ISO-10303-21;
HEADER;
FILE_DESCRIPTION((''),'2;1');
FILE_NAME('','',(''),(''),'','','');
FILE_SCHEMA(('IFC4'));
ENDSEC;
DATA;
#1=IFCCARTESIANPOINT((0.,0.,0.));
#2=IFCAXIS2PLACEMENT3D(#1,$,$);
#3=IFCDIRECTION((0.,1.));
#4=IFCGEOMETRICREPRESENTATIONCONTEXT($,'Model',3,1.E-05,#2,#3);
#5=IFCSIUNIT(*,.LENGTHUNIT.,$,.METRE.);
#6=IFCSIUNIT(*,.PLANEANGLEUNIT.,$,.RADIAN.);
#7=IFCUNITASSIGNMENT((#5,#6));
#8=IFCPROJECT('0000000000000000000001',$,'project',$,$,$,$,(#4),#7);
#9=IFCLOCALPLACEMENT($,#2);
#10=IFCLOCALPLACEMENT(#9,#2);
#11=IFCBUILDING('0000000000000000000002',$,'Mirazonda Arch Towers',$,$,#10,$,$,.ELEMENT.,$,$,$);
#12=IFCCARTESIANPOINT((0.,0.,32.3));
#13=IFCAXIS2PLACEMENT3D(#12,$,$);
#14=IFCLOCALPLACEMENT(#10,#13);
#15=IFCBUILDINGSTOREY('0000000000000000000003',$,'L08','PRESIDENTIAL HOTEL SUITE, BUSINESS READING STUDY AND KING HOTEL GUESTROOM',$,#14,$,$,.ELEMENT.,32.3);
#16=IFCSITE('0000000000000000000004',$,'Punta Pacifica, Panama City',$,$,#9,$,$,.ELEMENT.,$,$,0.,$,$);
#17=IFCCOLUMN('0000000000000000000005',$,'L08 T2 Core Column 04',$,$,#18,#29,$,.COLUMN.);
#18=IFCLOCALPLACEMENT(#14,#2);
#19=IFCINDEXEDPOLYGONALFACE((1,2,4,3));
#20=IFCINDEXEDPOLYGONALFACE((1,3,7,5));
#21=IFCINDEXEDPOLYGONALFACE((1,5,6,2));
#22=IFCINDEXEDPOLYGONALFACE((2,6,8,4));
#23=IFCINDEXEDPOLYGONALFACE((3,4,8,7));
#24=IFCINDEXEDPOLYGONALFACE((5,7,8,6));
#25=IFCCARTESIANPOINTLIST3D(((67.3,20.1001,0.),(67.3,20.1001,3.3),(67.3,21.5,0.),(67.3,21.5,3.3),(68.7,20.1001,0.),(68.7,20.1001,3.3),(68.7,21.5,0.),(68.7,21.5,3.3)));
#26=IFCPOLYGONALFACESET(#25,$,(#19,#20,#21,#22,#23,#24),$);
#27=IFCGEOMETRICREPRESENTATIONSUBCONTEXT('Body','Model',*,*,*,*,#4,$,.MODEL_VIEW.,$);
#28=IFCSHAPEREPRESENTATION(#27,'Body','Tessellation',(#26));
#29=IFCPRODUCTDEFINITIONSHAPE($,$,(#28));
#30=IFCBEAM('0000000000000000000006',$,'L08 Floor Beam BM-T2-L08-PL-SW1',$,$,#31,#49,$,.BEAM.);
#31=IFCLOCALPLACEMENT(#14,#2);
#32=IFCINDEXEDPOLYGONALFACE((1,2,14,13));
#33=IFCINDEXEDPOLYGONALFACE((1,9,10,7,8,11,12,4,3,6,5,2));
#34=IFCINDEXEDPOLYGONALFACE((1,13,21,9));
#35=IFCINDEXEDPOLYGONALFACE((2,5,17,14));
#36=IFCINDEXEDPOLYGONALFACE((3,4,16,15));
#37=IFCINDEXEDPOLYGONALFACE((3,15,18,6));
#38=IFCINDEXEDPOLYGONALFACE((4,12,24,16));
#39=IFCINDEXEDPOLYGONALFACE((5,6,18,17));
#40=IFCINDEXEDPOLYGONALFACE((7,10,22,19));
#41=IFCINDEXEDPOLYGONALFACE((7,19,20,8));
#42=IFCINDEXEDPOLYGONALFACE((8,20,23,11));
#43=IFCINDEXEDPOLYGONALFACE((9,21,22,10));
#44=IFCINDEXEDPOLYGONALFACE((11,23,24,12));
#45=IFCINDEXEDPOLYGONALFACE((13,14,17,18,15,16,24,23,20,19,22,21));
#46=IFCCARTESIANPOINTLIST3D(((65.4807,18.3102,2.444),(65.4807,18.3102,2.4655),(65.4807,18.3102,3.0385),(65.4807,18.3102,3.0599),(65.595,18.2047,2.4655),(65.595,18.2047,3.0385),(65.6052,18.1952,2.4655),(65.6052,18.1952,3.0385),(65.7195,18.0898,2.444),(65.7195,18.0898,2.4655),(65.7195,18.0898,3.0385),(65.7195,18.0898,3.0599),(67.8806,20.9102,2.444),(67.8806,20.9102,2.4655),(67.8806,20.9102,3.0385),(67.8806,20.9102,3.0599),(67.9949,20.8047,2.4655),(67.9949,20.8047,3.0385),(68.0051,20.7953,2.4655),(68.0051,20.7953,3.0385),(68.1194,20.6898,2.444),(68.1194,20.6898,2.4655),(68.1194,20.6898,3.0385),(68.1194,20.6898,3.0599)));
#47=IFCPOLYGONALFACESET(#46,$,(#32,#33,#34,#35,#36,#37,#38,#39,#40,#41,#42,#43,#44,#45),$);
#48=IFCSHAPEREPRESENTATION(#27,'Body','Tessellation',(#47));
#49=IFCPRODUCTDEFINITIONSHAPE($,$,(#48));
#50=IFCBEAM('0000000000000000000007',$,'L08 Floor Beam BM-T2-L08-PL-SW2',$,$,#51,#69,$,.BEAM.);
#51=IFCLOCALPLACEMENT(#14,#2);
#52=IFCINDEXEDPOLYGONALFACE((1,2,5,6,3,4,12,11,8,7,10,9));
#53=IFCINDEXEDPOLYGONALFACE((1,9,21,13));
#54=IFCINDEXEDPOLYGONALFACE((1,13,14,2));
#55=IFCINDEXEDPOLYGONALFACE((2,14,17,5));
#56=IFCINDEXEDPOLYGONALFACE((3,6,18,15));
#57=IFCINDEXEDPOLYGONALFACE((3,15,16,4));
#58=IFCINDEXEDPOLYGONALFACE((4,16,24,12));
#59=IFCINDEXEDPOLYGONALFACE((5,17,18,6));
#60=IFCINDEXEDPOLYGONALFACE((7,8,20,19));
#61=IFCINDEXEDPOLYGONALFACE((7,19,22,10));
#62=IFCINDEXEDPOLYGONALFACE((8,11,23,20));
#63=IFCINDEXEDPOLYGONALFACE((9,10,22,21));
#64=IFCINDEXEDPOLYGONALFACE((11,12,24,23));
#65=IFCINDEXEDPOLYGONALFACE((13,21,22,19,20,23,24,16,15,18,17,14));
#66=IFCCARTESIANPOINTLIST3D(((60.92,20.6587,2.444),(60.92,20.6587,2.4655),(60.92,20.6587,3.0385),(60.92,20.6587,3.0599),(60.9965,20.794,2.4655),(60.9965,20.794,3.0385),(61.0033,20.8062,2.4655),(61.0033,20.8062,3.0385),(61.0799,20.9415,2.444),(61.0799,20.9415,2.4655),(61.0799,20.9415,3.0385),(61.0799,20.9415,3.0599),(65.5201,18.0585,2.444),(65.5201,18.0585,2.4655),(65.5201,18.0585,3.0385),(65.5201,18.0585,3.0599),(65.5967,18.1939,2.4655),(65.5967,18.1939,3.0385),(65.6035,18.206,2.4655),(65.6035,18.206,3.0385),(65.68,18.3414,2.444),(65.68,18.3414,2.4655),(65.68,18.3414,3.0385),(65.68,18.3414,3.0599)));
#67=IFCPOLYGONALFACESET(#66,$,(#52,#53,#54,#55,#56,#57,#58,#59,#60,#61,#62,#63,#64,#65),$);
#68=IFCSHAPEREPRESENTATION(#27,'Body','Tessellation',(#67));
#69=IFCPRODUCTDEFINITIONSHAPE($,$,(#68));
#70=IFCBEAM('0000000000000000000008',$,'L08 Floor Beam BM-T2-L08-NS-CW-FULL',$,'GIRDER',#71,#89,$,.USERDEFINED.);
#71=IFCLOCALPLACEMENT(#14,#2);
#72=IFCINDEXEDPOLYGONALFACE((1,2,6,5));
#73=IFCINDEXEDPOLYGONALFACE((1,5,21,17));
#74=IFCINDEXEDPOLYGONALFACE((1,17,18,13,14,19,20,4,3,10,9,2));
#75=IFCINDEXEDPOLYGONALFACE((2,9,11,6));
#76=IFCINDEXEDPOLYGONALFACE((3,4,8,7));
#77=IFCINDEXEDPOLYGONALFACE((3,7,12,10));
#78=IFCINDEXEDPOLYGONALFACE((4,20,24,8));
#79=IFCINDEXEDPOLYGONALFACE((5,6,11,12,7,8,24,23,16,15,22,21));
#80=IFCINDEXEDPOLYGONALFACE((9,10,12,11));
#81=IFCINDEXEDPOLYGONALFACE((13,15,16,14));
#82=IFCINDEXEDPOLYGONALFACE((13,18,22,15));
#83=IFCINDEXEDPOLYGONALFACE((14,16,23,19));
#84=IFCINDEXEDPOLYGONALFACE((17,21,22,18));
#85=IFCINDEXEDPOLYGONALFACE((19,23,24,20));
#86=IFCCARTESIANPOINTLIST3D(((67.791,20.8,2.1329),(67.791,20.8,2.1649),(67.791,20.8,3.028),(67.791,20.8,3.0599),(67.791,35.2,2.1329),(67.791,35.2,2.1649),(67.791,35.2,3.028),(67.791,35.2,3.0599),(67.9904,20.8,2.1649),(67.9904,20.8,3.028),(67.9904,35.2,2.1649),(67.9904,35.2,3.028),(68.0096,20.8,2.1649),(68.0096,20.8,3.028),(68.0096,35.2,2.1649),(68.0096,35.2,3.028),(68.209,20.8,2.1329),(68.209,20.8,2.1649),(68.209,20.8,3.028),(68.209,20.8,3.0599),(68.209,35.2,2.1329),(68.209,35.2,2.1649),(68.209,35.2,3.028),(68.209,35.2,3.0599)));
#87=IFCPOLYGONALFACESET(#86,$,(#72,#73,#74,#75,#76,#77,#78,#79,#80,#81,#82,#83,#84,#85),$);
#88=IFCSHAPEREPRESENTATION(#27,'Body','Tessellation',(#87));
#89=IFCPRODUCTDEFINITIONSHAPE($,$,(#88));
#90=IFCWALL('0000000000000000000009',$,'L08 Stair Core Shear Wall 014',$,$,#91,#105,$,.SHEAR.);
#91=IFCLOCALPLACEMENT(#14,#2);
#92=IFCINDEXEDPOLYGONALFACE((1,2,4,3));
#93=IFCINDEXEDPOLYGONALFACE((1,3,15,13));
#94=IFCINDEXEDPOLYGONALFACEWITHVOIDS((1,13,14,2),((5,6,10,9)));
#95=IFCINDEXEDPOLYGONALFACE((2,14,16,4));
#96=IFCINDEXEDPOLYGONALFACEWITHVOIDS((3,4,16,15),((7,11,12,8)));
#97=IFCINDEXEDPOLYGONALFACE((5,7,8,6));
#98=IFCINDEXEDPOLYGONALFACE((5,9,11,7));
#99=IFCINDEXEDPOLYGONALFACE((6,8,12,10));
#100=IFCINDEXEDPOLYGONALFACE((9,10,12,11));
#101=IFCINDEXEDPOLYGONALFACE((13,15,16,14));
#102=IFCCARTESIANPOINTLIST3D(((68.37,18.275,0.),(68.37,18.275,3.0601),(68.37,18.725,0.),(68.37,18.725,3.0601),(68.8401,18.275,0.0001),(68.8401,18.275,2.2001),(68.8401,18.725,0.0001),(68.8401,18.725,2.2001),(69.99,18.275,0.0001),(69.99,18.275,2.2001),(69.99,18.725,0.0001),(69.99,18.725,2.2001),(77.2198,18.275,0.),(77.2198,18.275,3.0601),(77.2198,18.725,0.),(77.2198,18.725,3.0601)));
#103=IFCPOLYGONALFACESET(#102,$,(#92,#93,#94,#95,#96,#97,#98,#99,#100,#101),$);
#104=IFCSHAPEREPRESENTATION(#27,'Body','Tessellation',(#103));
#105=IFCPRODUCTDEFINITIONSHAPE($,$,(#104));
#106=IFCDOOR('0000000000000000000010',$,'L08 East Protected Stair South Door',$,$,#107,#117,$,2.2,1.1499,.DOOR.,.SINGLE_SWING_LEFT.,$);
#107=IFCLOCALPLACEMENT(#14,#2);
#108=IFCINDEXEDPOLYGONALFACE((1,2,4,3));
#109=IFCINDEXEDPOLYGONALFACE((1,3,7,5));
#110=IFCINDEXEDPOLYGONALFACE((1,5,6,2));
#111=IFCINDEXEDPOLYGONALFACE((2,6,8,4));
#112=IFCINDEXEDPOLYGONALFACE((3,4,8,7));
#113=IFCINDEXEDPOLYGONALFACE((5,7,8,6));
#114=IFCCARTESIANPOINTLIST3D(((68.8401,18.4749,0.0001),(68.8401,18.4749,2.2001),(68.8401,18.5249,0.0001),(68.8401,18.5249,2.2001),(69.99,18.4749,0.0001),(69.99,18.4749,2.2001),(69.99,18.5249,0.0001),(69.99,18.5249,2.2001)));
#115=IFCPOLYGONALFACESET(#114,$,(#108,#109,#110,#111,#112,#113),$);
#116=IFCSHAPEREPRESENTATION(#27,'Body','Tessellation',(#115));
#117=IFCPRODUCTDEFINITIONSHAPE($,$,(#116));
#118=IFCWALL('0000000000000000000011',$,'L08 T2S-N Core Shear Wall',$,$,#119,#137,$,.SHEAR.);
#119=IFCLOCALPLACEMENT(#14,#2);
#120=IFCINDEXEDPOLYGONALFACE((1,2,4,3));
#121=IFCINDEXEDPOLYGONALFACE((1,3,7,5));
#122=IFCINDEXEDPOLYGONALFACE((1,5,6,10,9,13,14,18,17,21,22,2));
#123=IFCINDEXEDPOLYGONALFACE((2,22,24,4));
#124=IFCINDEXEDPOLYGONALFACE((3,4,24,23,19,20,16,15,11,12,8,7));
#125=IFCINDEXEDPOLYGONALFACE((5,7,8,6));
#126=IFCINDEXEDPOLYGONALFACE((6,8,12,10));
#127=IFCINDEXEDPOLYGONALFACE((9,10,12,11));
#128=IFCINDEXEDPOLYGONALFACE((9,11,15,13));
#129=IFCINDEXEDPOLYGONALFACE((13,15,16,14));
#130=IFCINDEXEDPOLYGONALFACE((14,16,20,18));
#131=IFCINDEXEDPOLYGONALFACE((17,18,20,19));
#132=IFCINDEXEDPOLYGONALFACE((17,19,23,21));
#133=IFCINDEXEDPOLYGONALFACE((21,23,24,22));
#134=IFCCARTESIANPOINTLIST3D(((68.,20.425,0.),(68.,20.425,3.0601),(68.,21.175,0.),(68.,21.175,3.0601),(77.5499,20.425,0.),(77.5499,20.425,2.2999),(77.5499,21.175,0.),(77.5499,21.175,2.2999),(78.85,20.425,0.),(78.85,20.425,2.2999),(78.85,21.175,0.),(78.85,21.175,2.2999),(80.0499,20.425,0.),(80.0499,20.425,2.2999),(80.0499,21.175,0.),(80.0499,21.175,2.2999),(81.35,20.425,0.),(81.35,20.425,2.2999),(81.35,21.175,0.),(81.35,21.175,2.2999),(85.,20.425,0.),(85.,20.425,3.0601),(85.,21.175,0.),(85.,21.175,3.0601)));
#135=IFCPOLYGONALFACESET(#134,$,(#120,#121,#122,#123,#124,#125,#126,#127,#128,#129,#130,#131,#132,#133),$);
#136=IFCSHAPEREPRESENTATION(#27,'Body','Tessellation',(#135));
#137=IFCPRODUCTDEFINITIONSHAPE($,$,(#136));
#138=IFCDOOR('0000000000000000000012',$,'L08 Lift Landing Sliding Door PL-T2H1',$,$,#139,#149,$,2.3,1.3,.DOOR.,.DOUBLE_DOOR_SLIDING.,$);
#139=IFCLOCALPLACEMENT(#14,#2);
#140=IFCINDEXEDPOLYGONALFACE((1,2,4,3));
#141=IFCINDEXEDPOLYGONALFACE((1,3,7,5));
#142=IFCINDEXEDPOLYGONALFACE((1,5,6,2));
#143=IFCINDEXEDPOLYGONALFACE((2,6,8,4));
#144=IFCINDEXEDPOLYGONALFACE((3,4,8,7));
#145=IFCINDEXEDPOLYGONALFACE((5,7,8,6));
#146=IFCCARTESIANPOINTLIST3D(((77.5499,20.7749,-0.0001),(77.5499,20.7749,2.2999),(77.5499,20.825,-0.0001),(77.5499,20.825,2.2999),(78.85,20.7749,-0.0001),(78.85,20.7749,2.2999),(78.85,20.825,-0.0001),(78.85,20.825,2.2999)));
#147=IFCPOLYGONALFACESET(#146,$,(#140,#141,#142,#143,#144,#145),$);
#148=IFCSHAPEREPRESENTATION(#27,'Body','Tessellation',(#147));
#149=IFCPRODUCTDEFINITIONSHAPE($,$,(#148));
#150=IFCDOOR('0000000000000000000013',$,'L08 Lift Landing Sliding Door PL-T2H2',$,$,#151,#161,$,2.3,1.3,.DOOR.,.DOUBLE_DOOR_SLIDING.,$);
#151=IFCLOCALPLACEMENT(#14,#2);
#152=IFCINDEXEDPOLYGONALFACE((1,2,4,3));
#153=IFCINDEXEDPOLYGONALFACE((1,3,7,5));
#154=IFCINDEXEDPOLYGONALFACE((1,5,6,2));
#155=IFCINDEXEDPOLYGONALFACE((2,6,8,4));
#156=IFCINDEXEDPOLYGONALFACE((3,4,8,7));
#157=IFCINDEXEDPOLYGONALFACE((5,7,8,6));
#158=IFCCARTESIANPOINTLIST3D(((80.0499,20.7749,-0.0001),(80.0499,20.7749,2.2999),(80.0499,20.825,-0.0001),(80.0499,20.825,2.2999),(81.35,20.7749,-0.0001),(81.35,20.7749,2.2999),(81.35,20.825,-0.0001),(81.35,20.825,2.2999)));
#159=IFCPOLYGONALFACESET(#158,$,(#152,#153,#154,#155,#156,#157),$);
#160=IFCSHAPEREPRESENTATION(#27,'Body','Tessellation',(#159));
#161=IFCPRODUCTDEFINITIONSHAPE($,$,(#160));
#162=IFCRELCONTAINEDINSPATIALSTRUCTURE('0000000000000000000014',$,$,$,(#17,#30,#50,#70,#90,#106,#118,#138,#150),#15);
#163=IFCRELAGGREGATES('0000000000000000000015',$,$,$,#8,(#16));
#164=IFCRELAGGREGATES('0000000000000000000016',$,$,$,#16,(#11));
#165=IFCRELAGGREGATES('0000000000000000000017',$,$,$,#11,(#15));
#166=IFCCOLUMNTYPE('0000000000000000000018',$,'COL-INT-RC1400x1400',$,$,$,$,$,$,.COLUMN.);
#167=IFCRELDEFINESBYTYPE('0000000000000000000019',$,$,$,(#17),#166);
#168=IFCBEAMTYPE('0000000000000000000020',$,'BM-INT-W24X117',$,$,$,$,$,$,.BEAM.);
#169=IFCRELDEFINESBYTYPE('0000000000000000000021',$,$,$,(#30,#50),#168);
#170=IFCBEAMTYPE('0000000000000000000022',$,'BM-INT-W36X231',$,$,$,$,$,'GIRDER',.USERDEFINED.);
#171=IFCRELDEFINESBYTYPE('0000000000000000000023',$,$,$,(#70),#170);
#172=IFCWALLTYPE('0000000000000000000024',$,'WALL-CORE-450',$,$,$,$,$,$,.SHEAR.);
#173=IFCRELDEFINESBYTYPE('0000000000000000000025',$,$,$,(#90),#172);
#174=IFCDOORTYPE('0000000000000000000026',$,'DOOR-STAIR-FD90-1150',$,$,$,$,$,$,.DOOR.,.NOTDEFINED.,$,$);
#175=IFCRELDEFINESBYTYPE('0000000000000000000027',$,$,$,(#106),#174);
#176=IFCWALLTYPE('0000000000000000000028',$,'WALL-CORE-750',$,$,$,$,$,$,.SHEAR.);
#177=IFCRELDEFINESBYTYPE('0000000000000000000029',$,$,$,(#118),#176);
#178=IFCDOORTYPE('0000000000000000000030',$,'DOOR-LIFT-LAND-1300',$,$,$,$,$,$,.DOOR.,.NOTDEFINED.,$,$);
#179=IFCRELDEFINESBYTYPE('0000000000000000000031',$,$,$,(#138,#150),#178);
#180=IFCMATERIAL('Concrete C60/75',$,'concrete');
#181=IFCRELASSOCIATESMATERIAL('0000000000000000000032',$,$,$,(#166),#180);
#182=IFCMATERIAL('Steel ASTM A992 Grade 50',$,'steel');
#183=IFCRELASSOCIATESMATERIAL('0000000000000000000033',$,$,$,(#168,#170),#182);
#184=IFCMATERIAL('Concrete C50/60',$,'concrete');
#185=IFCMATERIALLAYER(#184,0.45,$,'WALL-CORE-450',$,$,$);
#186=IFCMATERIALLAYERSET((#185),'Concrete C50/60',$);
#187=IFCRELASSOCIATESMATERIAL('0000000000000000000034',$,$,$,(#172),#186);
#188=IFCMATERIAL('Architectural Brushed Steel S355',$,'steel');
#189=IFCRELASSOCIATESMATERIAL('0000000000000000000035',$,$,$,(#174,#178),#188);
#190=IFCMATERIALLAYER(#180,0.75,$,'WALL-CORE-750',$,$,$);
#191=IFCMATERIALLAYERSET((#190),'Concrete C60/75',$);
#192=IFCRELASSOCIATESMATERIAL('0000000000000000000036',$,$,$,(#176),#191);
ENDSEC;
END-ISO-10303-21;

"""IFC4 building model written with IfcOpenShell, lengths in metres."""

from ifc_helpers import new_model, si_unit, direction, frame, frame_2d, origin, origin_2d, place, context, subcontext, project, spatial, rectangle, i_section, extrude, material, layer, layer_set, material_profile, profile_set, type_object, element, fill, save


model = new_model("IFC4")

# Units and contexts
model_context = context("Model", 3, precision=1e-05, world=origin(), true_north=direction((0.0, 1.0)))
body_context = subcontext(model_context, "Body", "Model", "MODEL_VIEW")
ifc_project = project(units=[si_unit("LENGTHUNIT", "METRE"), si_unit("PLANEANGLEUNIT", "RADIAN")], contexts=[model_context])

# Site, building, storey
site_placement = place(None, origin())
site = spatial("IfcSite", under=ifc_project, at=site_placement, Name="Punta Pacifica, Panama City", CompositionType="ELEMENT", RefElevation=0.0)
building_placement = place(site_placement, origin())
building = spatial("IfcBuilding", under=site, at=building_placement, Name="Mirazonda Arch Towers", CompositionType="ELEMENT")
storey_placement = place(building_placement, frame((0.0, 0.0, 32.3)))
storey = spatial("IfcBuildingStorey", under=building, at=storey_placement, Name="L08", Description="PRESIDENTIAL HOTEL SUITE, BUSINESS READING STUDY AND KING HOTEL GUESTROOM", CompositionType="ELEMENT", Elevation=32.3)

# Column
ifc_material_1 = material(Name="Concrete C60/75", Category="concrete")
ifc_material_profile_1 = material_profile(ifc_material_1, rectangle(XDim=1.3999, YDim=1.3999, at=origin_2d()), Name="RC1400x1400")
ifc_profile_set_1 = profile_set([ifc_material_profile_1], Name="Concrete C60/75")
column_type = type_object("IfcColumnType", Name="COL-INT-RC1400x1400", PredefinedType="COLUMN", material=ifc_profile_set_1)
column_placement = place(storey_placement, frame((68.0, 20.8, 0.0), z_axis=(0.0, 0.0, 1.0), x_axis=(1.0, 0.0, 0.0)))
element("IfcColumn", 1, at=column_placement, inside=storey, type_object=column_type, Name="L08 T2 Core Column 04", PredefinedType="COLUMN", context=body_context, shape_type="SweptSolid", body=[
    extrude(rectangle(XDim=1.3999, YDim=1.3999, at=origin_2d()), origin(), (0.0, 0.0, 1.0), 3.3),
])

# Beams
ifc_material_2 = material(Name="Steel ASTM A992 Grade 50", Category="steel")
ifc_material_profile_2 = material_profile(ifc_material_2, i_section(OverallWidth=0.325, OverallDepth=0.616, WebThickness=0.0139, FlangeThickness=0.0215, at=origin_2d()), Name="W24X117")
ifc_profile_set_2 = profile_set([ifc_material_profile_2], Name="Steel ASTM A992 Grade 50")
beam_type_1 = type_object("IfcBeamType", Name="BM-INT-W24X117", PredefinedType="BEAM", material=ifc_profile_set_2)
beam_1_placement = place(storey_placement, frame((65.6001, 18.2, 2.752), z_axis=(0.678251, 0.73483, 0.0), x_axis=(-0.73483, 0.678251, 0.0)))
element("IfcBeam", 2, at=beam_1_placement, inside=storey, type_object=beam_type_1, Name="L08 Floor Beam BM-T2-L08-PL-SW1", PredefinedType="BEAM", context=body_context, shape_type="SweptSolid", body=[
    extrude(i_section(OverallWidth=0.325, OverallDepth=0.616, WebThickness=0.0139, FlangeThickness=0.0215, at=origin_2d()), origin(), (0.0, 0.0, 1.0), 3.5383),
])
beam_2_placement = place(storey_placement, frame((65.6001, 18.2, 2.752), z_axis=(-0.870559, 0.492063, 0.0), x_axis=(-0.492063, -0.870559, 0.0)))
element("IfcBeam", 3, at=beam_2_placement, inside=storey, type_object=beam_type_1, Name="L08 Floor Beam BM-T2-L08-PL-SW2", PredefinedType="BEAM", context=body_context, shape_type="SweptSolid", body=[
    extrude(i_section(OverallWidth=0.325, OverallDepth=0.616, WebThickness=0.0139, FlangeThickness=0.0215, at=origin_2d()), origin(), (0.0, 0.0, 1.0), 5.2842),
])
ifc_material_profile_3 = material_profile(ifc_material_2, i_section(OverallWidth=0.418, OverallDepth=0.927, WebThickness=0.0193, FlangeThickness=0.032, at=origin_2d()), Name="W36X231")
ifc_profile_set_3 = profile_set([ifc_material_profile_3], Name="Steel ASTM A992 Grade 50")
beam_type_2 = type_object("IfcBeamType", Name="BM-INT-W36X231", ElementType="GIRDER", PredefinedType="USERDEFINED", material=ifc_profile_set_3)
beam_3_placement = place(storey_placement, frame((68.0, 20.8, 2.5964), z_axis=(0.0, 1.0, 0.0), x_axis=(-1.0, 0.0, 0.0)))
element("IfcBeam", 4, at=beam_3_placement, inside=storey, type_object=beam_type_2, Name="L08 Floor Beam BM-T2-L08-NS-CW-FULL", ObjectType="GIRDER", PredefinedType="USERDEFINED", context=body_context, shape_type="SweptSolid", body=[
    extrude(i_section(OverallWidth=0.418, OverallDepth=0.927, WebThickness=0.0193, FlangeThickness=0.032, at=origin_2d()), origin(), (0.0, 0.0, 1.0), 14.3999),
])

# Wall, opening, door
ifc_material_3 = material(Name="Concrete C50/60", Category="concrete")
ifc_layer_1 = layer(ifc_material_3, 0.45, Name="WALL-CORE-450")
ifc_layer_set_1 = layer_set([ifc_layer_1], Name="Concrete C50/60")
wall_type_1 = type_object("IfcWallType", Name="WALL-CORE-450", PredefinedType="SHEAR", material=ifc_layer_set_1)
wall_1_placement = place(storey_placement, frame((68.3701, 18.5, 0.0), z_axis=(0.0, 0.0, 1.0), x_axis=(1.0, 0.0, 0.0)))
wall_1 = element("IfcWall", 5, at=wall_1_placement, inside=storey, type_object=wall_type_1, Name="L08 Stair Core Shear Wall 014", PredefinedType="SHEAR", context=body_context, shape_type="SweptSolid", body=[
    extrude(rectangle(XDim=8.8499, YDim=0.45, at=frame_2d((4.4248, 0.0))), origin(), (0.0, 0.0, 1.0), 3.0601),
])
opening_1_placement = place(wall_1_placement, frame((0.47, 0.0, 0.0)))
opening_1 = element("IfcOpeningElement", 6, at=opening_1_placement, cuts=wall_1, PredefinedType="OPENING", context=body_context, shape_type="SweptSolid", body=[
    extrude(rectangle(XDim=1.1499, YDim=2.2, at=frame_2d((0.575, 1.1001))), frame((0.0, 0.2349, 0.0), z_axis=(0.0, -1.0, 0.0), x_axis=(1.0, 0.0, 0.0)), (0.0, 0.0, 1.0), 0.47),
])
ifc_material_4 = material(Name="Architectural Brushed Steel S355", Category="steel")
door_type_1 = type_object("IfcDoorType", Name="DOOR-STAIR-FD90-1150", OperationType="NOTDEFINED", PredefinedType="DOOR", material=ifc_material_4)
door_1_placement = place(opening_1_placement, origin())
door_1 = element("IfcDoor", 7, at=door_1_placement, inside=storey, type_object=door_type_1, Name="L08 East Protected Stair South Door", OperationType="SINGLE_SWING_LEFT", OverallHeight=2.2, OverallWidth=1.1499, PredefinedType="DOOR", context=body_context, shape_type="SweptSolid", body=[
    extrude(rectangle(XDim=1.1499, YDim=2.2, at=frame_2d((0.575, 1.1001))), frame((0.0, 0.0249, 0.0), z_axis=(0.0, -1.0, 0.0), x_axis=(1.0, 0.0, 0.0)), (0.0, 0.0, 1.0), 0.05),
])
fill(opening_1, door_1)

# Wall, openings, doors
ifc_layer_2 = layer(ifc_material_1, 0.75, Name="WALL-CORE-750")
ifc_layer_set_2 = layer_set([ifc_layer_2], Name="Concrete C60/75")
wall_type_2 = type_object("IfcWallType", Name="WALL-CORE-750", PredefinedType="SHEAR", material=ifc_layer_set_2)
wall_2_placement = place(storey_placement, frame((68.0, 20.8, 0.0), z_axis=(0.0, 0.0, 1.0), x_axis=(1.0, 0.0, 0.0)))
wall_2 = element("IfcWall", 8, at=wall_2_placement, inside=storey, type_object=wall_type_2, Name="L08 T2S-N Core Shear Wall", PredefinedType="SHEAR", context=body_context, shape_type="SweptSolid", body=[
    extrude(rectangle(XDim=17.0, YDim=0.75, at=frame_2d((8.5, 0.0))), origin(), (0.0, 0.0, 1.0), 3.0601),
])
opening_2_placement = place(wall_2_placement, frame((9.55, 0.0, 0.0)))
opening_2 = element("IfcOpeningElement", 9, at=opening_2_placement, cuts=wall_2, PredefinedType="OPENING", context=body_context, shape_type="SweptSolid", body=[
    extrude(rectangle(XDim=1.3, YDim=2.3, at=frame_2d((0.6499, 1.1499))), frame((0.0, 0.385, 0.0), z_axis=(0.0, -1.0, 0.0), x_axis=(1.0, 0.0, 0.0)), (0.0, 0.0, 1.0), 0.77),
])
opening_3_placement = place(wall_2_placement, frame((12.05, 0.0, 0.0)))
opening_3 = element("IfcOpeningElement", 10, at=opening_3_placement, cuts=wall_2, PredefinedType="OPENING", context=body_context, shape_type="SweptSolid", body=[
    extrude(rectangle(XDim=1.3, YDim=2.3, at=frame_2d((0.6499, 1.1499))), frame((0.0, 0.385, 0.0), z_axis=(0.0, -1.0, 0.0), x_axis=(1.0, 0.0, 0.0)), (0.0, 0.0, 1.0), 0.77),
])
door_type_2 = type_object("IfcDoorType", Name="DOOR-LIFT-LAND-1300", OperationType="NOTDEFINED", PredefinedType="DOOR", material=ifc_material_4)
door_2_placement = place(opening_2_placement, origin())
door_2 = element("IfcDoor", 11, at=door_2_placement, inside=storey, type_object=door_type_2, Name="L08 Lift Landing Sliding Door PL-T2H1", OperationType="DOUBLE_DOOR_SLIDING", OverallHeight=2.3, OverallWidth=1.3, PredefinedType="DOOR", context=body_context, shape_type="SweptSolid", body=[
    extrude(rectangle(XDim=1.3, YDim=2.3, at=frame_2d((0.6499, 1.1499))), frame((0.0, 0.0249, 0.0), z_axis=(0.0, -1.0, 0.0), x_axis=(1.0, 0.0, 0.0)), (0.0, 0.0, 1.0), 0.05),
])
fill(opening_2, door_2)
door_3_placement = place(opening_3_placement, origin())
door_3 = element("IfcDoor", 12, at=door_3_placement, inside=storey, type_object=door_type_2, Name="L08 Lift Landing Sliding Door PL-T2H2", OperationType="DOUBLE_DOOR_SLIDING", OverallHeight=2.3, OverallWidth=1.3, PredefinedType="DOOR", context=body_context, shape_type="SweptSolid", body=[
    extrude(rectangle(XDim=1.3, YDim=2.3, at=frame_2d((0.6499, 1.1499))), frame((0.0, 0.0249, 0.0), z_axis=(0.0, -1.0, 0.0), x_axis=(1.0, 0.0, 0.0)), (0.0, 0.0, 1.0), 0.05),
])
fill(opening_3, door_3)

save(model, "model.ifc")
